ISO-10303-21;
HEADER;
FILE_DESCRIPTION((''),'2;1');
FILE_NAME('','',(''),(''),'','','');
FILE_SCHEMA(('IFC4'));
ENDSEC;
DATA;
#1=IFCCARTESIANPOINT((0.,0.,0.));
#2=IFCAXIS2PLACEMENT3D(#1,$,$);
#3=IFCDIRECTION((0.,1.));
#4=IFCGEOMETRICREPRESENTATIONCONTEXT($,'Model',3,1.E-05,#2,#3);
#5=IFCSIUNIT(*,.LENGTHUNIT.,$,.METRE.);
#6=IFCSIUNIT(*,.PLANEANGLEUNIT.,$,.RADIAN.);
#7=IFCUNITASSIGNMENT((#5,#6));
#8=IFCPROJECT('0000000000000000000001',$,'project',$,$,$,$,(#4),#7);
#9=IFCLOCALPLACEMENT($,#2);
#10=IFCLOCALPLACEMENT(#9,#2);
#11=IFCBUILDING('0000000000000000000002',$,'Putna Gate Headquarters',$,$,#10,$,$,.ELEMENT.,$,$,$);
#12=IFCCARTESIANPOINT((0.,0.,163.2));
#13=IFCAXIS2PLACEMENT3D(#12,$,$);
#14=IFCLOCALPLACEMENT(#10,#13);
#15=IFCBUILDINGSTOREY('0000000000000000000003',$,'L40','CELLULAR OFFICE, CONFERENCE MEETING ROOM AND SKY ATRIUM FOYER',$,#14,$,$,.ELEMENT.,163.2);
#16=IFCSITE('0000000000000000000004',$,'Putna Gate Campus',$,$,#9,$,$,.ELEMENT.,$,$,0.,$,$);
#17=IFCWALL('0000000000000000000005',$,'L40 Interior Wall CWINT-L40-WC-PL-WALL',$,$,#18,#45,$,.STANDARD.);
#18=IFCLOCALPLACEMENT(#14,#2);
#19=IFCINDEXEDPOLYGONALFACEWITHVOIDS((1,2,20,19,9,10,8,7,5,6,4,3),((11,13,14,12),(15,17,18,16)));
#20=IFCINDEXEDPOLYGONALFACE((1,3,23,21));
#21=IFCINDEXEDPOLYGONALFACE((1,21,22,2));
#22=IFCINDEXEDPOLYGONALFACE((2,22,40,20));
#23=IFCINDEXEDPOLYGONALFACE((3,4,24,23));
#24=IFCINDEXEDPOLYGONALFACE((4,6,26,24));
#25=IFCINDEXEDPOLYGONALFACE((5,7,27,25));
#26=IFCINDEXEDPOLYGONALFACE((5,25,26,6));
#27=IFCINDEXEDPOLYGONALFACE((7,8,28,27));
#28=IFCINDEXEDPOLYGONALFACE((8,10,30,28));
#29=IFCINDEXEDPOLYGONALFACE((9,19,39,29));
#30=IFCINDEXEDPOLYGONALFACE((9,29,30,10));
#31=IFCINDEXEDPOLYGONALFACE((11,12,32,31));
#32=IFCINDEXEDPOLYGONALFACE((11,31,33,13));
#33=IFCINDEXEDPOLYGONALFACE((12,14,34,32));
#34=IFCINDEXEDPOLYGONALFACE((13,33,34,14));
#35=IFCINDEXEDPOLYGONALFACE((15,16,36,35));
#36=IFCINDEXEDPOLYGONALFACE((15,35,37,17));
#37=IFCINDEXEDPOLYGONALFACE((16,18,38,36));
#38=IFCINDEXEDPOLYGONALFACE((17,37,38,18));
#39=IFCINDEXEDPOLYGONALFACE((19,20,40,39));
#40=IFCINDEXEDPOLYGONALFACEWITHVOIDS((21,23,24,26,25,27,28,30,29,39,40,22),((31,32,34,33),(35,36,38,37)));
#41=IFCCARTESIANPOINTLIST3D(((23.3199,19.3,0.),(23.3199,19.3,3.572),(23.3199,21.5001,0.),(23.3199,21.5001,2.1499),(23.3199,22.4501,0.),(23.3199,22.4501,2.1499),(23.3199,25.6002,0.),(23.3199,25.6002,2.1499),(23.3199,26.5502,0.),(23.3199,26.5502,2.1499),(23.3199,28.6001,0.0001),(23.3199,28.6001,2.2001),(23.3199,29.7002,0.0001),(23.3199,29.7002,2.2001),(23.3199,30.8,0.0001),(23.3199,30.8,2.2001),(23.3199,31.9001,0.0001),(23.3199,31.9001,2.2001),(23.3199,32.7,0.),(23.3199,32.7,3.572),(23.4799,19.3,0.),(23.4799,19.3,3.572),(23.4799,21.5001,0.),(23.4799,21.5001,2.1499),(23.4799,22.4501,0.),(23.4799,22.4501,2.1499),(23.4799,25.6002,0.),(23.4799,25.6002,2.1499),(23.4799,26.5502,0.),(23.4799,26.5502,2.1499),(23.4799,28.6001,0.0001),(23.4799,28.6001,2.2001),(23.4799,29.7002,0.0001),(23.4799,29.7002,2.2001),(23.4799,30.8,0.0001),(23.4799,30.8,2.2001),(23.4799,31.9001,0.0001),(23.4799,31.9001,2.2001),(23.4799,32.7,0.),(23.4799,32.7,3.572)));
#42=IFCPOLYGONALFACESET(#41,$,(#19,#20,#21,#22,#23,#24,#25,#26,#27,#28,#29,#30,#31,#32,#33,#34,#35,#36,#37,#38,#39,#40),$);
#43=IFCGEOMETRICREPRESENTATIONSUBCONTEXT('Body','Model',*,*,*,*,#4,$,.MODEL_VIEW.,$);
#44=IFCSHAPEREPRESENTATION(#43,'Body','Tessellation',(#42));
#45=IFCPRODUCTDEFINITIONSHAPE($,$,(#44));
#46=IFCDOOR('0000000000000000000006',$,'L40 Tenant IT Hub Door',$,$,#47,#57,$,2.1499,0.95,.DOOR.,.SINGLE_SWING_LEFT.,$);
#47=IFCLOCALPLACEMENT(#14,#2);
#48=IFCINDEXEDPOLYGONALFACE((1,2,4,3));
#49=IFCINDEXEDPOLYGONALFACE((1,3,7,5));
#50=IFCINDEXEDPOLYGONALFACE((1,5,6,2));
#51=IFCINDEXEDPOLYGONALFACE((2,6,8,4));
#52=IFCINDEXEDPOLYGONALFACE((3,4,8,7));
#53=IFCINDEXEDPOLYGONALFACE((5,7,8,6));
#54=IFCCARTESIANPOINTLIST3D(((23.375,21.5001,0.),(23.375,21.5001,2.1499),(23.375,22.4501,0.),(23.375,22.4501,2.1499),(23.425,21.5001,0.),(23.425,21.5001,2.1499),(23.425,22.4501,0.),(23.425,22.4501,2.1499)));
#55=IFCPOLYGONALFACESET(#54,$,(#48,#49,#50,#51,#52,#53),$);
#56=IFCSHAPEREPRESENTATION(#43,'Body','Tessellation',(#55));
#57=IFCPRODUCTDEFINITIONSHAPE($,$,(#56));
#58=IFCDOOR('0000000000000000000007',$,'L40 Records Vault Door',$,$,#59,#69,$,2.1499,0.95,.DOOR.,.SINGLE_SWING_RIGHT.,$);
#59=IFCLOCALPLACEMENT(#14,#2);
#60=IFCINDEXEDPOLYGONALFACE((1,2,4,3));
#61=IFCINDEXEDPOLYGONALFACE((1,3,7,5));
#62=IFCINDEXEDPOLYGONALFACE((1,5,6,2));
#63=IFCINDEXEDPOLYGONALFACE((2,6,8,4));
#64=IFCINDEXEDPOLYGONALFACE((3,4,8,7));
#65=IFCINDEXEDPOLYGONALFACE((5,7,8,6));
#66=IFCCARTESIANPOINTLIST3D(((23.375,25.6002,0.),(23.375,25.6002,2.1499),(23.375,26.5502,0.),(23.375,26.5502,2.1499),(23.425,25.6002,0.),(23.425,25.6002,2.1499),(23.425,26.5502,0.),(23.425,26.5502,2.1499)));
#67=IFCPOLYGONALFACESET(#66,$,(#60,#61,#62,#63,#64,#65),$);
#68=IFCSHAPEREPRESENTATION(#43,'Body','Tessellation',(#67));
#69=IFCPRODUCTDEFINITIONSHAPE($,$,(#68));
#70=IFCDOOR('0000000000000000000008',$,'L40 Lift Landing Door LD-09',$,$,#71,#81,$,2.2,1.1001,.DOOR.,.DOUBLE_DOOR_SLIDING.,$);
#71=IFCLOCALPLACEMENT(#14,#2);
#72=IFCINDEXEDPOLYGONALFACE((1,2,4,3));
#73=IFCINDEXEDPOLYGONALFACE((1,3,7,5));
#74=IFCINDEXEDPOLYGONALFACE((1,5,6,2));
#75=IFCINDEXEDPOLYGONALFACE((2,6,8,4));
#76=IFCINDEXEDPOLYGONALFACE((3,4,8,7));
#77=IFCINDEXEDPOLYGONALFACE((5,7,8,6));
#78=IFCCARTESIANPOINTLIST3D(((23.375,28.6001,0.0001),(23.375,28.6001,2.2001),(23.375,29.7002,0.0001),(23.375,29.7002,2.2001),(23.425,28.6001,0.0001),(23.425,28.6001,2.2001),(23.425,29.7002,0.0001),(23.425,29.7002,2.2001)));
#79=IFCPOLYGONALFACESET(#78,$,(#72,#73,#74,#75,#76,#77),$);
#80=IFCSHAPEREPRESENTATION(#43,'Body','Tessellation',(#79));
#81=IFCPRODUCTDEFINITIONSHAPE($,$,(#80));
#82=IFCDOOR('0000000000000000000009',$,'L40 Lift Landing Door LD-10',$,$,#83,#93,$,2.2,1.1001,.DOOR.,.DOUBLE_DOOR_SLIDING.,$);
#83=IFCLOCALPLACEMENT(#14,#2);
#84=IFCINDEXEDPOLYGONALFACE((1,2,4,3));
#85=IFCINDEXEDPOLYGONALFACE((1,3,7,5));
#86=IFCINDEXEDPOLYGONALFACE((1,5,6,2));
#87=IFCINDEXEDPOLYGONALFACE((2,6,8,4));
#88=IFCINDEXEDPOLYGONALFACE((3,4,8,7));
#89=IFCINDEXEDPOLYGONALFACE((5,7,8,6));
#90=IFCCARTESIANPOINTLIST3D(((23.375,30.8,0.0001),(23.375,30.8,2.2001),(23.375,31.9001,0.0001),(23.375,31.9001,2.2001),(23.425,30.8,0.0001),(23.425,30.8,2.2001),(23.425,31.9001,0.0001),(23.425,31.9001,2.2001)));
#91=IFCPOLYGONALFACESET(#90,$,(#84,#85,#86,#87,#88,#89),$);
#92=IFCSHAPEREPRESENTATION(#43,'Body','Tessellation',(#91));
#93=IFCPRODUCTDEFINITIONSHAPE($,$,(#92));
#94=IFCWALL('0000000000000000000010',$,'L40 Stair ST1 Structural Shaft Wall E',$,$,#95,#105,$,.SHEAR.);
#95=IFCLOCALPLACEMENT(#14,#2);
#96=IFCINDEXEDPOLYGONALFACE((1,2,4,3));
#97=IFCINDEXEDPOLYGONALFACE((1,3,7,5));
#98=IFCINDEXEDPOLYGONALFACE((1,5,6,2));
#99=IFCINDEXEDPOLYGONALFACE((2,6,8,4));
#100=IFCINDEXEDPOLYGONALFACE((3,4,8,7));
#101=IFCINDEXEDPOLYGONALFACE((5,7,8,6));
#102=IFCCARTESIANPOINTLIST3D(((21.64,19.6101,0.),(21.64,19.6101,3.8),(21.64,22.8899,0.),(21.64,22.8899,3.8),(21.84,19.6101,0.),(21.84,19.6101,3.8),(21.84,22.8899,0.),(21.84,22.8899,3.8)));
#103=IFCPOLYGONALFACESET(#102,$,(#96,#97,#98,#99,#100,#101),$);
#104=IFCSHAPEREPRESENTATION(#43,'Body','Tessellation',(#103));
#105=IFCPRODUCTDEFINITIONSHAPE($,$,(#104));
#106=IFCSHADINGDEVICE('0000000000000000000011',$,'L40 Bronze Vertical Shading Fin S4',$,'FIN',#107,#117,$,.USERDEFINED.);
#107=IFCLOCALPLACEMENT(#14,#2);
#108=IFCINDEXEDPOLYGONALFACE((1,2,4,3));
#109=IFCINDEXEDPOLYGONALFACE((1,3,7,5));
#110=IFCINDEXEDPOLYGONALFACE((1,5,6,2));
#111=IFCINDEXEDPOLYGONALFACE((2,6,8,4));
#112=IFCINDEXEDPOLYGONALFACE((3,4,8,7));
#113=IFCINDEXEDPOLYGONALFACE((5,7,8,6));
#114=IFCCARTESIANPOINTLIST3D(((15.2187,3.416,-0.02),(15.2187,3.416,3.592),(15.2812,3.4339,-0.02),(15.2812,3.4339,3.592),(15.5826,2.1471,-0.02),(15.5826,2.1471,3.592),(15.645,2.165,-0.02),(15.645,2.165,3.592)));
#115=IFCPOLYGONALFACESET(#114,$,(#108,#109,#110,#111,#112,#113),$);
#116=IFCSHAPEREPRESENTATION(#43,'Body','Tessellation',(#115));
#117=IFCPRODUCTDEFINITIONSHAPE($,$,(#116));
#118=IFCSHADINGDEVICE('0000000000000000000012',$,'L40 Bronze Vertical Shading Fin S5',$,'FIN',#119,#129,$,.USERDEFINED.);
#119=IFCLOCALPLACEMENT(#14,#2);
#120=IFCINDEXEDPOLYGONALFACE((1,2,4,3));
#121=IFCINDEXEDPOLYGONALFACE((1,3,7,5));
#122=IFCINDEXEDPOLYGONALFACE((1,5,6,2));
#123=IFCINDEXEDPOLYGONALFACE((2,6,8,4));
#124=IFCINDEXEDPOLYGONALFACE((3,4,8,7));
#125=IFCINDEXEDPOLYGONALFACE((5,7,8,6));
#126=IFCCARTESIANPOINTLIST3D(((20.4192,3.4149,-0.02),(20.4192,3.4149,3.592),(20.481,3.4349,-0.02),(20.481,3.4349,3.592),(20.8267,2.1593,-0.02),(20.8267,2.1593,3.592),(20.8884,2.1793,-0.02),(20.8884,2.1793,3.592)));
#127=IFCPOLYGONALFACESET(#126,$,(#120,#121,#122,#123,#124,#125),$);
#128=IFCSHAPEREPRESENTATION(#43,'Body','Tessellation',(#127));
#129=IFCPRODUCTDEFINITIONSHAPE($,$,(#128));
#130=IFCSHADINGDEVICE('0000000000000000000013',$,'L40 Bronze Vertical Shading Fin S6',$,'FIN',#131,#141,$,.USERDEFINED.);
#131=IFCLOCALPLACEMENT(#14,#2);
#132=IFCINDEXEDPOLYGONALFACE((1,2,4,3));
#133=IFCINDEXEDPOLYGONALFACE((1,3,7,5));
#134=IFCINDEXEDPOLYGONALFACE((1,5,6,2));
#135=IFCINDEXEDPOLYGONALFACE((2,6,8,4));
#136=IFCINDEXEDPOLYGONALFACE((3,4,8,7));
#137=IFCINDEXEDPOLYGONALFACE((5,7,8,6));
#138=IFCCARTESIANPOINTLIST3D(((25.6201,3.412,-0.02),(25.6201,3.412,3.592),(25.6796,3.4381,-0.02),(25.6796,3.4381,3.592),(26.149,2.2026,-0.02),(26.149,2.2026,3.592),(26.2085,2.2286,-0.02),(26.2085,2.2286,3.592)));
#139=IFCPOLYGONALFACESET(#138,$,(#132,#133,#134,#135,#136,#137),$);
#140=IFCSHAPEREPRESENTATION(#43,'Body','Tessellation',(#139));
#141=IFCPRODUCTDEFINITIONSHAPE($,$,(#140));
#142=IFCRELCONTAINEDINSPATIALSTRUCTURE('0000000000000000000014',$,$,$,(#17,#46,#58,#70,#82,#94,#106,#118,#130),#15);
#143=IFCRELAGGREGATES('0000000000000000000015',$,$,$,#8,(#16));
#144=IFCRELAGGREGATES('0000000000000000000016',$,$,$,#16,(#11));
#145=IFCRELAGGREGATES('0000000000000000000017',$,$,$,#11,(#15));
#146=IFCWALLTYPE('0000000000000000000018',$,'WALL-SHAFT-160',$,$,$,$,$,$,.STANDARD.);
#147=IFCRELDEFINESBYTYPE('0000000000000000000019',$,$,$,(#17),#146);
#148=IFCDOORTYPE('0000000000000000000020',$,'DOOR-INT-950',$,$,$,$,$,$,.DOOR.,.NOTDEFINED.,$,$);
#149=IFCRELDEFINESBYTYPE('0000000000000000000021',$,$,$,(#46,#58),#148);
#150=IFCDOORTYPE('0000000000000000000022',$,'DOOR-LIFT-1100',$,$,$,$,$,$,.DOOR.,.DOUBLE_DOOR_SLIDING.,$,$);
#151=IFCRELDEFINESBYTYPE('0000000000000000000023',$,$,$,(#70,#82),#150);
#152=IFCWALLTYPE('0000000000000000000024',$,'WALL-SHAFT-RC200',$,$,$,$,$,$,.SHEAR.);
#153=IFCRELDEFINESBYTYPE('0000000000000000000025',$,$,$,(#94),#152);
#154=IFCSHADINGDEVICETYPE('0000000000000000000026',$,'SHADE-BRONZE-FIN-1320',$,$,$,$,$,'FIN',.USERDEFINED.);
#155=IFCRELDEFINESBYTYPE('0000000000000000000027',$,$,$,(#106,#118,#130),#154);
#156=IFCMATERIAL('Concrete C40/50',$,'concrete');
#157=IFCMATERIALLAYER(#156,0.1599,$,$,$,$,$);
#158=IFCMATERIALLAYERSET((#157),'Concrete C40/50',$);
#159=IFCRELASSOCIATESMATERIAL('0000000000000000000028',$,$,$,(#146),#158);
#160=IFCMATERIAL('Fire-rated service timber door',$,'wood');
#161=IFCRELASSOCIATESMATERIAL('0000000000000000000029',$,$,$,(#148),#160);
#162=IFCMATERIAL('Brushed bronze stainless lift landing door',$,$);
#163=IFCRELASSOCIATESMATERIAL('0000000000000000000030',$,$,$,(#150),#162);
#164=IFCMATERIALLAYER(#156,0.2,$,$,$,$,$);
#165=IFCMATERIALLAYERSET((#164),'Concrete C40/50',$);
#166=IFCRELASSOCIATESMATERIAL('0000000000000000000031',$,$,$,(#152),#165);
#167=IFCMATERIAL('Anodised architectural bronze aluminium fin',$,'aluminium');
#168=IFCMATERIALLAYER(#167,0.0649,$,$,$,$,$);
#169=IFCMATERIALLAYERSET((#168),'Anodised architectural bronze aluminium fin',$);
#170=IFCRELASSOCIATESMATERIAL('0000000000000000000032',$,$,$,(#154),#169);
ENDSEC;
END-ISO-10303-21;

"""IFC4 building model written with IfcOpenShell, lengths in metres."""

from ifc_helpers import new_model, si_unit, direction, frame, frame_2d, origin, origin_2d, place, context, subcontext, project, spatial, rectangle, extrude, material, layer, layer_set, type_object, element, fill, save


model = new_model("IFC4")

# Units and contexts
model_context = context("Model", 3, precision=1e-05, world=origin(), true_north=direction((0.0, 1.0)))
body_context = subcontext(model_context, "Body", "Model", "MODEL_VIEW")
ifc_project = project(units=[si_unit("LENGTHUNIT", "METRE"), si_unit("PLANEANGLEUNIT", "RADIAN")], contexts=[model_context])

# Site, building, storey
site_placement = place(None, origin())
site = spatial("IfcSite", under=ifc_project, at=site_placement, Name="Putna Gate Campus", CompositionType="ELEMENT", RefElevation=0.0)
building_placement = place(site_placement, origin())
building = spatial("IfcBuilding", under=site, at=building_placement, Name="Putna Gate Headquarters", CompositionType="ELEMENT")
storey_placement = place(building_placement, frame((0.0, 0.0, 163.2)))
storey = spatial("IfcBuildingStorey", under=building, at=storey_placement, Name="L40", Description="CELLULAR OFFICE, CONFERENCE MEETING ROOM AND SKY ATRIUM FOYER", CompositionType="ELEMENT", Elevation=163.2)

# Wall, openings, doors
ifc_material_1 = material(Name="Concrete C40/50", Category="concrete")
ifc_layer_1 = layer(ifc_material_1, 0.1599)
ifc_layer_set_1 = layer_set([ifc_layer_1], Name="Concrete C40/50")
wall_type_1 = type_object("IfcWallType", Name="WALL-SHAFT-160", PredefinedType="STANDARD", material=ifc_layer_set_1)
wall_1_placement = place(storey_placement, frame((23.3999, 19.3, 0.0), z_axis=(0.0, 0.0, 1.0), x_axis=(0.0, 1.0, 0.0)))
wall_1 = element("IfcWall", 1, at=wall_1_placement, inside=storey, type_object=wall_type_1, Name="L40 Interior Wall CWINT-L40-WC-PL-WALL", PredefinedType="STANDARD", context=body_context, shape_type="SweptSolid", body=[
    extrude(rectangle(XDim=13.3999, YDim=0.1599, at=frame_2d((6.7, 0.0))), origin(), (0.0, 0.0, 1.0), 3.572),
])
opening_1_placement = place(wall_1_placement, frame((2.2, 0.0, 0.0)))
opening_1 = element("IfcOpeningElement", 2, at=opening_1_placement, cuts=wall_1, PredefinedType="OPENING", context=body_context, shape_type="SweptSolid", body=[
    extrude(rectangle(XDim=0.95, YDim=2.1499, at=frame_2d((0.4751, 1.075))), frame((0.0, 0.0898, 0.0), z_axis=(0.0, -1.0, 0.0), x_axis=(1.0, 0.0, 0.0)), (0.0, 0.0, 1.0), 0.1799),
])
opening_2_placement = place(wall_1_placement, frame((6.3, 0.0, 0.0)))
opening_2 = element("IfcOpeningElement", 3, at=opening_2_placement, cuts=wall_1, PredefinedType="OPENING", context=body_context, shape_type="SweptSolid", body=[
    extrude(rectangle(XDim=0.95, YDim=2.1499, at=frame_2d((0.4751, 1.075))), frame((0.0, 0.0898, 0.0), z_axis=(0.0, -1.0, 0.0), x_axis=(1.0, 0.0, 0.0)), (0.0, 0.0, 1.0), 0.1799),
])
opening_3_placement = place(wall_1_placement, frame((9.3, 0.0, 0.0)))
opening_3 = element("IfcOpeningElement", 4, at=opening_3_placement, cuts=wall_1, PredefinedType="OPENING", context=body_context, shape_type="SweptSolid", body=[
    extrude(rectangle(XDim=1.1001, YDim=2.2, at=frame_2d((0.55, 1.1001))), frame((0.0, 0.0898, 0.0), z_axis=(0.0, -1.0, 0.0), x_axis=(1.0, 0.0, 0.0)), (0.0, 0.0, 1.0), 0.1799),
])
opening_4_placement = place(wall_1_placement, frame((11.5, 0.0, 0.0)))
opening_4 = element("IfcOpeningElement", 5, at=opening_4_placement, cuts=wall_1, PredefinedType="OPENING", context=body_context, shape_type="SweptSolid", body=[
    extrude(rectangle(XDim=1.1001, YDim=2.2, at=frame_2d((0.55, 1.1001))), frame((0.0, 0.0898, 0.0), z_axis=(0.0, -1.0, 0.0), x_axis=(1.0, 0.0, 0.0)), (0.0, 0.0, 1.0), 0.1799),
])
ifc_material_2 = material(Name="Fire-rated service timber door", Category="wood")
door_type_1 = type_object("IfcDoorType", Name="DOOR-INT-950", OperationType="NOTDEFINED", PredefinedType="DOOR", material=ifc_material_2)
door_1_placement = place(opening_1_placement, origin())
door_1 = element("IfcDoor", 6, at=door_1_placement, inside=storey, type_object=door_type_1, Name="L40 Tenant IT Hub Door", OperationType="SINGLE_SWING_LEFT", OverallHeight=2.1499, OverallWidth=0.95, PredefinedType="DOOR", context=body_context, shape_type="SweptSolid", body=[
    extrude(rectangle(XDim=0.95, YDim=2.1499, at=frame_2d((0.4751, 1.075))), frame((0.0, 0.0249, 0.0), z_axis=(0.0, -1.0, 0.0), x_axis=(1.0, 0.0, 0.0)), (0.0, 0.0, 1.0), 0.05),
])
fill(opening_1, door_1)
door_2_placement = place(opening_2_placement, origin())
door_2 = element("IfcDoor", 7, at=door_2_placement, inside=storey, type_object=door_type_1, Name="L40 Records Vault Door", OperationType="SINGLE_SWING_RIGHT", OverallHeight=2.1499, OverallWidth=0.95, PredefinedType="DOOR", context=body_context, shape_type="SweptSolid", body=[
    extrude(rectangle(XDim=0.95, YDim=2.1499, at=frame_2d((0.4751, 1.075))), frame((0.0, 0.0249, 0.0), z_axis=(0.0, -1.0, 0.0), x_axis=(1.0, 0.0, 0.0)), (0.0, 0.0, 1.0), 0.05),
])
fill(opening_2, door_2)
ifc_material_3 = material(Name="Brushed bronze stainless lift landing door")
door_type_2 = type_object("IfcDoorType", Name="DOOR-LIFT-1100", OperationType="DOUBLE_DOOR_SLIDING", PredefinedType="DOOR", material=ifc_material_3)
door_3_placement = place(opening_3_placement, origin())
door_3 = element("IfcDoor", 8, at=door_3_placement, inside=storey, type_object=door_type_2, Name="L40 Lift Landing Door LD-09", OperationType="DOUBLE_DOOR_SLIDING", OverallHeight=2.2, OverallWidth=1.1001, PredefinedType="DOOR", context=body_context, shape_type="SweptSolid", body=[
    extrude(rectangle(XDim=1.1001, YDim=2.2, at=frame_2d((0.55, 1.1001))), frame((0.0, 0.0249, 0.0), z_axis=(0.0, -1.0, 0.0), x_axis=(1.0, 0.0, 0.0)), (0.0, 0.0, 1.0), 0.05),
])
fill(opening_3, door_3)
door_4_placement = place(opening_4_placement, origin())
door_4 = element("IfcDoor", 9, at=door_4_placement, inside=storey, type_object=door_type_2, Name="L40 Lift Landing Door LD-10", OperationType="DOUBLE_DOOR_SLIDING", OverallHeight=2.2, OverallWidth=1.1001, PredefinedType="DOOR", context=body_context, shape_type="SweptSolid", body=[
    extrude(rectangle(XDim=1.1001, YDim=2.2, at=frame_2d((0.55, 1.1001))), frame((0.0, 0.0249, 0.0), z_axis=(0.0, -1.0, 0.0), x_axis=(1.0, 0.0, 0.0)), (0.0, 0.0, 1.0), 0.05),
])
fill(opening_4, door_4)

# Wall
ifc_layer_2 = layer(ifc_material_1, 0.2)
ifc_layer_set_2 = layer_set([ifc_layer_2], Name="Concrete C40/50")
wall_type_2 = type_object("IfcWallType", Name="WALL-SHAFT-RC200", PredefinedType="SHEAR", material=ifc_layer_set_2)
wall_2_placement = place(storey_placement, frame((21.74, 19.6101, 0.0), z_axis=(0.0, 0.0, 1.0), x_axis=(0.0, 1.0, 0.0)))
element("IfcWall", 10, at=wall_2_placement, inside=storey, type_object=wall_type_2, Name="L40 Stair ST1 Structural Shaft Wall E", PredefinedType="SHEAR", context=body_context, shape_type="SweptSolid", body=[
    extrude(rectangle(XDim=3.2798, YDim=0.2, at=frame_2d((1.6399, 0.0))), origin(), (0.0, 0.0, 1.0), 3.8),
])

# Shading devices
ifc_material_4 = material(Name="Anodised architectural bronze aluminium fin", Category="aluminium")
ifc_layer_3 = layer(ifc_material_4, 0.0649)
ifc_layer_set_3 = layer_set([ifc_layer_3], Name="Anodised architectural bronze aluminium fin")
shading_device_type = type_object("IfcShadingDeviceType", Name="SHADE-BRONZE-FIN-1320", ElementType="FIN", PredefinedType="USERDEFINED", material=ifc_layer_set_3)
for number, where, z_axis, x_axis, name in (
    (11, (15.4319, 2.7905, -0.02), (0.0, 0.0, 1.0), (0.275637, -0.961262, 0.0), "L40 Bronze Vertical Shading Fin S4"),
    (12, (20.6538, 2.7971, -0.02), (0.0, 0.0, 1.0), (0.308685, -0.951164, 0.0), "L40 Bronze Vertical Shading Fin S5"),
    (13, (25.9143, 2.8203, -0.02), (0.0, 0.0, 1.0), (0.400669, -0.916223, 0.0), "L40 Bronze Vertical Shading Fin S6"),
):
    element("IfcShadingDevice", number, at=place(storey_placement, frame(where, z_axis=z_axis, x_axis=x_axis)), inside=storey, type_object=shading_device_type, Name=name, ObjectType="FIN", PredefinedType="USERDEFINED", context=body_context, shape_type="SweptSolid", body=[
        extrude(rectangle(XDim=1.3201, YDim=0.0649, at=origin_2d()), origin(), (0.0, 0.0, 1.0), 3.6121),
    ])

save(model, "model.ifc")
